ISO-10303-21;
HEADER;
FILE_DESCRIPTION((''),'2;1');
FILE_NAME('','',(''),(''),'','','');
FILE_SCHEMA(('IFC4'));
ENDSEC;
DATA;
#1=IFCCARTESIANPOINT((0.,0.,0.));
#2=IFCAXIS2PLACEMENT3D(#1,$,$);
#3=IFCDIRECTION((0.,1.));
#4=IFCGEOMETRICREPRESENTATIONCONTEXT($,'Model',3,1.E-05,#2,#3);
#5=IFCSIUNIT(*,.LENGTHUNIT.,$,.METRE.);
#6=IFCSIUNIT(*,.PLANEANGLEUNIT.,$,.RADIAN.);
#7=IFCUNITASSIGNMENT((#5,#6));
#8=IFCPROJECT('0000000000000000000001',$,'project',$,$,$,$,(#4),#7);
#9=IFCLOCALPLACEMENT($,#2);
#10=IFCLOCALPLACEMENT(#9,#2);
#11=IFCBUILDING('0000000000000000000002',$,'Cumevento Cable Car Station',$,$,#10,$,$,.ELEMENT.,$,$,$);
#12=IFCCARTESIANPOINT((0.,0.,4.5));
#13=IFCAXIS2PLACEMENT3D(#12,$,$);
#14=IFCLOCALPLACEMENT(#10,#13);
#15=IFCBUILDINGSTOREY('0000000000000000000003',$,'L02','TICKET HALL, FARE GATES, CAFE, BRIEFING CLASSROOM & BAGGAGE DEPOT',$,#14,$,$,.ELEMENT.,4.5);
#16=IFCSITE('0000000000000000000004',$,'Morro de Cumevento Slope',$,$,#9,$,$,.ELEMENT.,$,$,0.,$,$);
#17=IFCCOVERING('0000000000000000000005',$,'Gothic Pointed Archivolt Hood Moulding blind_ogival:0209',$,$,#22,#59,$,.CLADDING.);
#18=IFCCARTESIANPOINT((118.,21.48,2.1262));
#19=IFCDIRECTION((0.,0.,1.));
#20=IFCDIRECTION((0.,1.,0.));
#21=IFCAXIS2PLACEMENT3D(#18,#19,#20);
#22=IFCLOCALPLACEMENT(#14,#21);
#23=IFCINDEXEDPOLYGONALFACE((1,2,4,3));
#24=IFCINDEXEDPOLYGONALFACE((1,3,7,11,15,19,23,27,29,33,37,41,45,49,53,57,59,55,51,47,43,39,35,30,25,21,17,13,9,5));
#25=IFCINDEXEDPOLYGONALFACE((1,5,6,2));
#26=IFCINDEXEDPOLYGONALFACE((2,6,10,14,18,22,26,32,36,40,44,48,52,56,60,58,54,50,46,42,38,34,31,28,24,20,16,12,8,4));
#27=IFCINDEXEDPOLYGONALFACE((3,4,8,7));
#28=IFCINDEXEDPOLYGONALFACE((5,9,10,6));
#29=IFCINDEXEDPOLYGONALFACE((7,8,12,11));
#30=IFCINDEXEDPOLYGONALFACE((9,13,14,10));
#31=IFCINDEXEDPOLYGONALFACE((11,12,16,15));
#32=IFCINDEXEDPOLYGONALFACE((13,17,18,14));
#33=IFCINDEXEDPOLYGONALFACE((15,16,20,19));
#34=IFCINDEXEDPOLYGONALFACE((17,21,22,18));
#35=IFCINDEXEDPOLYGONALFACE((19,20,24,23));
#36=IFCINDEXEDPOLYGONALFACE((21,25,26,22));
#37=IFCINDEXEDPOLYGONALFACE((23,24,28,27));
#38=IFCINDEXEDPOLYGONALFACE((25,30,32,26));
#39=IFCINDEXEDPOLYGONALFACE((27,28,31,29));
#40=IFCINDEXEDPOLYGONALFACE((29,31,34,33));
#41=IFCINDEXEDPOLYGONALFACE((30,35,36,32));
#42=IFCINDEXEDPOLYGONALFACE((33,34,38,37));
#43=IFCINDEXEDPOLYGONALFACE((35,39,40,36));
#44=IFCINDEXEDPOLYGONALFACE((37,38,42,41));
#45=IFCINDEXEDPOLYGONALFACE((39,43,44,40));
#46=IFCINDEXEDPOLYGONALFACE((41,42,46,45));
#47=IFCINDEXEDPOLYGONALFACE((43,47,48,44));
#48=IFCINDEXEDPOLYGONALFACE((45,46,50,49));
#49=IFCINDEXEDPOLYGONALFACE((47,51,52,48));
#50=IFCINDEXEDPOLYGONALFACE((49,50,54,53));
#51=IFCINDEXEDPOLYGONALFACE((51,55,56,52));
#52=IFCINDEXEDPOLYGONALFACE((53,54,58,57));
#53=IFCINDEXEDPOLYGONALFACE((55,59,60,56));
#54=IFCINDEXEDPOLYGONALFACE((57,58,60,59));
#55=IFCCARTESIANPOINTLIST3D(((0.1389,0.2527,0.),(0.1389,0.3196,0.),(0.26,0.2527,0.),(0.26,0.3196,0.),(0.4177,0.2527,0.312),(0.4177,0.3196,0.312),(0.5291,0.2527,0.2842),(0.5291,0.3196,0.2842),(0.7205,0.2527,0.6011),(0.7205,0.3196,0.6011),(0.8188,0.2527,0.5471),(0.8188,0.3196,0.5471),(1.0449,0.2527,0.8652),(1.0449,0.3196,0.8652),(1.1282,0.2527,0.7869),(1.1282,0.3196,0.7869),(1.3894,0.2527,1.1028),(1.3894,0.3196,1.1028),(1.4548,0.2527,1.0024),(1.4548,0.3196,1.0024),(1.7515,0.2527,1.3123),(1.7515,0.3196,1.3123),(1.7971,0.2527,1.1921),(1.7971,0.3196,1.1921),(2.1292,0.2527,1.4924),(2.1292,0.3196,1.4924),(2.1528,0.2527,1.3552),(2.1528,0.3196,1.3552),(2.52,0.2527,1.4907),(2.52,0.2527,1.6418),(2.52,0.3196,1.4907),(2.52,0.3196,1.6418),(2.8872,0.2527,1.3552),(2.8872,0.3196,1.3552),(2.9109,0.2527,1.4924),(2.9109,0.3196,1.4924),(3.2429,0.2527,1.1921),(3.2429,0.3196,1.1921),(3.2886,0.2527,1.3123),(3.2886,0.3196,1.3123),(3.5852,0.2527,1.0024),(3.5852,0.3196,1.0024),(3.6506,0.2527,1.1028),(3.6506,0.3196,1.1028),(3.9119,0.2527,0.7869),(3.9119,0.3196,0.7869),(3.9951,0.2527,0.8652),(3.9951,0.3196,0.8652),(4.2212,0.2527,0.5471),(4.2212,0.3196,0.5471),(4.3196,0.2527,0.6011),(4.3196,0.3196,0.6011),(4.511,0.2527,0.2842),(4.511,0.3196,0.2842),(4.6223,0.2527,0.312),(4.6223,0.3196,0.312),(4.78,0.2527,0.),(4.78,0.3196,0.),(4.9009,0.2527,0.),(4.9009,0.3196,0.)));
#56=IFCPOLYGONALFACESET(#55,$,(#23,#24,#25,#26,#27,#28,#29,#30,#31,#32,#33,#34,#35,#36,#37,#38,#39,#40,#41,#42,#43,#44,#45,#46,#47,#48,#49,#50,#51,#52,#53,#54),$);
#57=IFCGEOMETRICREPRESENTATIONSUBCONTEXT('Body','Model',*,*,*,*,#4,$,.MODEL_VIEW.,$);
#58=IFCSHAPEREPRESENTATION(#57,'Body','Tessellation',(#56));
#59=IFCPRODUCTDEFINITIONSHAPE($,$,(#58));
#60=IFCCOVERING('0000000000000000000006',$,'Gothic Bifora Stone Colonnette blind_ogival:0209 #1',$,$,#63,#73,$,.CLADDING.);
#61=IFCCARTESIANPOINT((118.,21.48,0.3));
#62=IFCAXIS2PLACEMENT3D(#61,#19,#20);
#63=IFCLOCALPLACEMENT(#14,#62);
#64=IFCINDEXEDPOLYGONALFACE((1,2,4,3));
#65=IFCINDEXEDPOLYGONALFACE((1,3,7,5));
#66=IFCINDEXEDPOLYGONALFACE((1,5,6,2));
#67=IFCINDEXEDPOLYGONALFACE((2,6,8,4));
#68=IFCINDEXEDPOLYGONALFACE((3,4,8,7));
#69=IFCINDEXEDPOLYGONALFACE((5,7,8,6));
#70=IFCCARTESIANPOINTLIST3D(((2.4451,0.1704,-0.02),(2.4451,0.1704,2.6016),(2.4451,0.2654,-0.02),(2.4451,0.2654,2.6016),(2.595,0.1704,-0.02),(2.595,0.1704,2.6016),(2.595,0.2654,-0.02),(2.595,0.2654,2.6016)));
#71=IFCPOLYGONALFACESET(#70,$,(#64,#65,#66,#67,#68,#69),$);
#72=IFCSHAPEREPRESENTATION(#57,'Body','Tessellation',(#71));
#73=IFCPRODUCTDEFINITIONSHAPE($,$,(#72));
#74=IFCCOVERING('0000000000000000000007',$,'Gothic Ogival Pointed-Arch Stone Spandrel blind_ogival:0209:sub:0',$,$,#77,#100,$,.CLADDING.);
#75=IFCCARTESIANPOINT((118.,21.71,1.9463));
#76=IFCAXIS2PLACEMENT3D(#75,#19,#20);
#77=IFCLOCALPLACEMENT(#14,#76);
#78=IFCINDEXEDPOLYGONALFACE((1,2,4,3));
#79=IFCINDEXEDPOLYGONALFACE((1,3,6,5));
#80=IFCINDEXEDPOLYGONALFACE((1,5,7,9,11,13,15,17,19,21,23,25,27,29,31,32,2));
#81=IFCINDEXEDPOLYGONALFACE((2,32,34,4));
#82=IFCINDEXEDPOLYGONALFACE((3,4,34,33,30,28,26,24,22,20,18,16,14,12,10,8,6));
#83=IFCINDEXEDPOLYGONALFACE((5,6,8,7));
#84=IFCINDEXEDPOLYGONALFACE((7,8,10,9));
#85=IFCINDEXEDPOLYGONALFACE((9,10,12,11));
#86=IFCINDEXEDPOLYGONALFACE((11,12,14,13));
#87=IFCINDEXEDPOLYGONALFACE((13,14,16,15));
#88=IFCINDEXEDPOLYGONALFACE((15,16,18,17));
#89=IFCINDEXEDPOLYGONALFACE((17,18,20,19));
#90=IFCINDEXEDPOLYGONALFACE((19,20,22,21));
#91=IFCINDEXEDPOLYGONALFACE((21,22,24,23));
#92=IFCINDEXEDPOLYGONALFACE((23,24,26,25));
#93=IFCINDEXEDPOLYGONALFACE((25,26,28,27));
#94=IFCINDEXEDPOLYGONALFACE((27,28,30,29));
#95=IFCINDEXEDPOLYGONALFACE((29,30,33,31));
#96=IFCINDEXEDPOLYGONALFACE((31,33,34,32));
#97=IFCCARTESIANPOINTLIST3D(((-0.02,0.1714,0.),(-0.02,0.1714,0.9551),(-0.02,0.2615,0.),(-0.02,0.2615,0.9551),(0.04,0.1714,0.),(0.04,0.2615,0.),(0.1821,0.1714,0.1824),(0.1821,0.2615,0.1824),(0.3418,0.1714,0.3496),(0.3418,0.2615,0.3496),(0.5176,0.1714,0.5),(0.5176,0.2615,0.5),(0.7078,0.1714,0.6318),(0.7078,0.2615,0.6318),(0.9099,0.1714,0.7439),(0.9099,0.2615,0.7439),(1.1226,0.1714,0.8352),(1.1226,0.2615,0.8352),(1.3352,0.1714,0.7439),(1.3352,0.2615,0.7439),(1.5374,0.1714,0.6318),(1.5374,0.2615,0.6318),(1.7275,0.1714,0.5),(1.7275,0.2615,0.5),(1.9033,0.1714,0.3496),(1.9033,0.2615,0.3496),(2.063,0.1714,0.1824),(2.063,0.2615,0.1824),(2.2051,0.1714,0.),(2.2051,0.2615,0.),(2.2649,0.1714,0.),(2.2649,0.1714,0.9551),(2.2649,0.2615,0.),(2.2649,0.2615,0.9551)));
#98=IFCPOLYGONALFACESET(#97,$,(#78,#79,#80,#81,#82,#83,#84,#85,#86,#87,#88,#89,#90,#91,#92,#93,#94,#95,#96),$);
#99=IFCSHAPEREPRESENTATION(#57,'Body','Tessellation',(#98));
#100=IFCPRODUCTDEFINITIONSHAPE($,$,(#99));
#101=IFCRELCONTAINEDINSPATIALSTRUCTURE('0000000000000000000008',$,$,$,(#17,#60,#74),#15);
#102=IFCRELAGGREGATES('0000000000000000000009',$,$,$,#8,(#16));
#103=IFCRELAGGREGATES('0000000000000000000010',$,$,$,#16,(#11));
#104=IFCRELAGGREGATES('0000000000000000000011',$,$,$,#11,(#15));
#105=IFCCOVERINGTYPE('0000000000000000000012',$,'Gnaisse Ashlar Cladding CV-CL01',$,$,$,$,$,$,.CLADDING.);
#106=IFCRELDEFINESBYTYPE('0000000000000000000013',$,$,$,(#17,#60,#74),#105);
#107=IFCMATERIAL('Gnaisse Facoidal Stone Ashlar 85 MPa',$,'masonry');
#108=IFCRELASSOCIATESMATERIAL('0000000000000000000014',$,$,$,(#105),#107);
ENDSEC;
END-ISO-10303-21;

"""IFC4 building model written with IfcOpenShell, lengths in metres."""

from ifc_helpers import new_model, si_unit, direction, frame, origin, place, context, subcontext, project, spatial, polyline, outline, extrude, material, type_object, element, save


model = new_model("IFC4")

# Units and contexts
model_context = context("Model", 3, precision=1e-05, world=origin(), true_north=direction((0.0, 1.0)))
body_context = subcontext(model_context, "Body", "Model", "MODEL_VIEW")
ifc_project = project(units=[si_unit("LENGTHUNIT", "METRE"), si_unit("PLANEANGLEUNIT", "RADIAN")], contexts=[model_context])

# Site, building, storey
site_placement = place(None, origin())
site = spatial("IfcSite", under=ifc_project, at=site_placement, Name="Morro de Cumevento Slope", CompositionType="ELEMENT", RefElevation=0.0)
building_placement = place(site_placement, origin())
building = spatial("IfcBuilding", under=site, at=building_placement, Name="Cumevento Cable Car Station", CompositionType="ELEMENT")
storey_placement = place(building_placement, frame((0.0, 0.0, 4.5)))
storey = spatial("IfcBuildingStorey", under=building, at=storey_placement, Name="L02", Description="TICKET HALL, FARE GATES, CAFE, BRIEFING CLASSROOM & BAGGAGE DEPOT", CompositionType="ELEMENT", Elevation=4.5)

# Coverings
ifc_material_1 = material(Name="Gnaisse Facoidal Stone Ashlar 85 MPa", Category="masonry")
covering_type = type_object("IfcCoveringType", Name="Gnaisse Ashlar Cladding CV-CL01", PredefinedType="CLADDING", material=ifc_material_1)
placement = place(storey_placement, frame((118.0, 21.48, 0.3), z_axis=(0.0, 0.0, 1.0), x_axis=(0.0, 1.0, 0.0)))
covering_1_placement = place(storey_placement, frame((118.0, 21.48, 2.1262), z_axis=(0.0, 0.0, 1.0), x_axis=(0.0, 1.0, 0.0)))
element("IfcCovering", 1, at=covering_1_placement, inside=storey, type_object=covering_type, Name="Gothic Pointed Archivolt Hood Moulding blind_ogival:0209", PredefinedType="CLADDING", context=body_context, shape_type="SweptSolid", body=[
    extrude(outline(polyline([(0.26, 0.0), (0.5291, 0.2842), (0.8188, 0.5471), (1.1282, 0.7869), (1.4548, 1.0024), (1.7971, 1.1921), (2.1528, 1.3552), (2.52, 1.4907), (2.8872, 1.3552), (3.2429, 1.1921), (3.5852, 1.0024), (3.9119, 0.7869), (4.2212, 0.5471), (4.511, 0.2842), (4.78, 0.0), (4.9009, 0.0), (4.6223, 0.312), (4.3196, 0.6011), (3.9951, 0.8652), (3.6506, 1.1028), (3.2886, 1.3123), (2.9109, 1.4924), (2.52, 1.6418), (2.1292, 1.4924), (1.7515, 1.3123), (1.3894, 1.1028), (1.0449, 0.8652), (0.7205, 0.6011), (0.4177, 0.312), (0.1389, 0.0), (0.26, 0.0)])), frame((0.0, 0.3196, 0.0), z_axis=(0.0, -1.0, 0.0), x_axis=(1.0, 0.0, 0.0)), (0.0, 0.0, 1.0), 0.0669),
])
element("IfcCovering", 2, at=placement, inside=storey, type_object=covering_type, Name="Gothic Bifora Stone Colonnette blind_ogival:0209 #1", PredefinedType="CLADDING", context=body_context, shape_type="SweptSolid", body=[
    extrude(outline(polyline([(2.4451, -0.02), (2.595, -0.02), (2.595, 2.6016), (2.4451, 2.6016), (2.4451, -0.02)])), frame((0.0, 0.2654, 0.0), z_axis=(0.0, -1.0, 0.0), x_axis=(1.0, 0.0, 0.0)), (0.0, 0.0, 1.0), 0.095),
])
covering_2_placement = place(storey_placement, frame((118.0, 21.71, 1.9463), z_axis=(0.0, 0.0, 1.0), x_axis=(0.0, 1.0, 0.0)))
element("IfcCovering", 3, at=covering_2_placement, inside=storey, type_object=covering_type, Name="Gothic Ogival Pointed-Arch Stone Spandrel blind_ogival:0209:sub:0", PredefinedType="CLADDING", context=body_context, shape_type="SweptSolid", body=[
    extrude(outline(polyline([(-0.02, 0.0), (-0.02, 0.9551), (2.2649, 0.9551), (2.2649, 0.0), (2.2051, 0.0), (2.063, 0.1824), (1.9033, 0.3496), (1.7275, 0.5), (1.5374, 0.6318), (1.3352, 0.7439), (1.1226, 0.8352), (0.9099, 0.7439), (0.7078, 0.6318), (0.5176, 0.5), (0.3418, 0.3496), (0.1821, 0.1824), (0.04, 0.0), (-0.02, 0.0)])), frame((0.0, 0.2615, 0.0), z_axis=(0.0, -1.0, 0.0), x_axis=(1.0, 0.0, 0.0)), (0.0, 0.0, 1.0), 0.0901),
])

save(model, "model.ifc")
